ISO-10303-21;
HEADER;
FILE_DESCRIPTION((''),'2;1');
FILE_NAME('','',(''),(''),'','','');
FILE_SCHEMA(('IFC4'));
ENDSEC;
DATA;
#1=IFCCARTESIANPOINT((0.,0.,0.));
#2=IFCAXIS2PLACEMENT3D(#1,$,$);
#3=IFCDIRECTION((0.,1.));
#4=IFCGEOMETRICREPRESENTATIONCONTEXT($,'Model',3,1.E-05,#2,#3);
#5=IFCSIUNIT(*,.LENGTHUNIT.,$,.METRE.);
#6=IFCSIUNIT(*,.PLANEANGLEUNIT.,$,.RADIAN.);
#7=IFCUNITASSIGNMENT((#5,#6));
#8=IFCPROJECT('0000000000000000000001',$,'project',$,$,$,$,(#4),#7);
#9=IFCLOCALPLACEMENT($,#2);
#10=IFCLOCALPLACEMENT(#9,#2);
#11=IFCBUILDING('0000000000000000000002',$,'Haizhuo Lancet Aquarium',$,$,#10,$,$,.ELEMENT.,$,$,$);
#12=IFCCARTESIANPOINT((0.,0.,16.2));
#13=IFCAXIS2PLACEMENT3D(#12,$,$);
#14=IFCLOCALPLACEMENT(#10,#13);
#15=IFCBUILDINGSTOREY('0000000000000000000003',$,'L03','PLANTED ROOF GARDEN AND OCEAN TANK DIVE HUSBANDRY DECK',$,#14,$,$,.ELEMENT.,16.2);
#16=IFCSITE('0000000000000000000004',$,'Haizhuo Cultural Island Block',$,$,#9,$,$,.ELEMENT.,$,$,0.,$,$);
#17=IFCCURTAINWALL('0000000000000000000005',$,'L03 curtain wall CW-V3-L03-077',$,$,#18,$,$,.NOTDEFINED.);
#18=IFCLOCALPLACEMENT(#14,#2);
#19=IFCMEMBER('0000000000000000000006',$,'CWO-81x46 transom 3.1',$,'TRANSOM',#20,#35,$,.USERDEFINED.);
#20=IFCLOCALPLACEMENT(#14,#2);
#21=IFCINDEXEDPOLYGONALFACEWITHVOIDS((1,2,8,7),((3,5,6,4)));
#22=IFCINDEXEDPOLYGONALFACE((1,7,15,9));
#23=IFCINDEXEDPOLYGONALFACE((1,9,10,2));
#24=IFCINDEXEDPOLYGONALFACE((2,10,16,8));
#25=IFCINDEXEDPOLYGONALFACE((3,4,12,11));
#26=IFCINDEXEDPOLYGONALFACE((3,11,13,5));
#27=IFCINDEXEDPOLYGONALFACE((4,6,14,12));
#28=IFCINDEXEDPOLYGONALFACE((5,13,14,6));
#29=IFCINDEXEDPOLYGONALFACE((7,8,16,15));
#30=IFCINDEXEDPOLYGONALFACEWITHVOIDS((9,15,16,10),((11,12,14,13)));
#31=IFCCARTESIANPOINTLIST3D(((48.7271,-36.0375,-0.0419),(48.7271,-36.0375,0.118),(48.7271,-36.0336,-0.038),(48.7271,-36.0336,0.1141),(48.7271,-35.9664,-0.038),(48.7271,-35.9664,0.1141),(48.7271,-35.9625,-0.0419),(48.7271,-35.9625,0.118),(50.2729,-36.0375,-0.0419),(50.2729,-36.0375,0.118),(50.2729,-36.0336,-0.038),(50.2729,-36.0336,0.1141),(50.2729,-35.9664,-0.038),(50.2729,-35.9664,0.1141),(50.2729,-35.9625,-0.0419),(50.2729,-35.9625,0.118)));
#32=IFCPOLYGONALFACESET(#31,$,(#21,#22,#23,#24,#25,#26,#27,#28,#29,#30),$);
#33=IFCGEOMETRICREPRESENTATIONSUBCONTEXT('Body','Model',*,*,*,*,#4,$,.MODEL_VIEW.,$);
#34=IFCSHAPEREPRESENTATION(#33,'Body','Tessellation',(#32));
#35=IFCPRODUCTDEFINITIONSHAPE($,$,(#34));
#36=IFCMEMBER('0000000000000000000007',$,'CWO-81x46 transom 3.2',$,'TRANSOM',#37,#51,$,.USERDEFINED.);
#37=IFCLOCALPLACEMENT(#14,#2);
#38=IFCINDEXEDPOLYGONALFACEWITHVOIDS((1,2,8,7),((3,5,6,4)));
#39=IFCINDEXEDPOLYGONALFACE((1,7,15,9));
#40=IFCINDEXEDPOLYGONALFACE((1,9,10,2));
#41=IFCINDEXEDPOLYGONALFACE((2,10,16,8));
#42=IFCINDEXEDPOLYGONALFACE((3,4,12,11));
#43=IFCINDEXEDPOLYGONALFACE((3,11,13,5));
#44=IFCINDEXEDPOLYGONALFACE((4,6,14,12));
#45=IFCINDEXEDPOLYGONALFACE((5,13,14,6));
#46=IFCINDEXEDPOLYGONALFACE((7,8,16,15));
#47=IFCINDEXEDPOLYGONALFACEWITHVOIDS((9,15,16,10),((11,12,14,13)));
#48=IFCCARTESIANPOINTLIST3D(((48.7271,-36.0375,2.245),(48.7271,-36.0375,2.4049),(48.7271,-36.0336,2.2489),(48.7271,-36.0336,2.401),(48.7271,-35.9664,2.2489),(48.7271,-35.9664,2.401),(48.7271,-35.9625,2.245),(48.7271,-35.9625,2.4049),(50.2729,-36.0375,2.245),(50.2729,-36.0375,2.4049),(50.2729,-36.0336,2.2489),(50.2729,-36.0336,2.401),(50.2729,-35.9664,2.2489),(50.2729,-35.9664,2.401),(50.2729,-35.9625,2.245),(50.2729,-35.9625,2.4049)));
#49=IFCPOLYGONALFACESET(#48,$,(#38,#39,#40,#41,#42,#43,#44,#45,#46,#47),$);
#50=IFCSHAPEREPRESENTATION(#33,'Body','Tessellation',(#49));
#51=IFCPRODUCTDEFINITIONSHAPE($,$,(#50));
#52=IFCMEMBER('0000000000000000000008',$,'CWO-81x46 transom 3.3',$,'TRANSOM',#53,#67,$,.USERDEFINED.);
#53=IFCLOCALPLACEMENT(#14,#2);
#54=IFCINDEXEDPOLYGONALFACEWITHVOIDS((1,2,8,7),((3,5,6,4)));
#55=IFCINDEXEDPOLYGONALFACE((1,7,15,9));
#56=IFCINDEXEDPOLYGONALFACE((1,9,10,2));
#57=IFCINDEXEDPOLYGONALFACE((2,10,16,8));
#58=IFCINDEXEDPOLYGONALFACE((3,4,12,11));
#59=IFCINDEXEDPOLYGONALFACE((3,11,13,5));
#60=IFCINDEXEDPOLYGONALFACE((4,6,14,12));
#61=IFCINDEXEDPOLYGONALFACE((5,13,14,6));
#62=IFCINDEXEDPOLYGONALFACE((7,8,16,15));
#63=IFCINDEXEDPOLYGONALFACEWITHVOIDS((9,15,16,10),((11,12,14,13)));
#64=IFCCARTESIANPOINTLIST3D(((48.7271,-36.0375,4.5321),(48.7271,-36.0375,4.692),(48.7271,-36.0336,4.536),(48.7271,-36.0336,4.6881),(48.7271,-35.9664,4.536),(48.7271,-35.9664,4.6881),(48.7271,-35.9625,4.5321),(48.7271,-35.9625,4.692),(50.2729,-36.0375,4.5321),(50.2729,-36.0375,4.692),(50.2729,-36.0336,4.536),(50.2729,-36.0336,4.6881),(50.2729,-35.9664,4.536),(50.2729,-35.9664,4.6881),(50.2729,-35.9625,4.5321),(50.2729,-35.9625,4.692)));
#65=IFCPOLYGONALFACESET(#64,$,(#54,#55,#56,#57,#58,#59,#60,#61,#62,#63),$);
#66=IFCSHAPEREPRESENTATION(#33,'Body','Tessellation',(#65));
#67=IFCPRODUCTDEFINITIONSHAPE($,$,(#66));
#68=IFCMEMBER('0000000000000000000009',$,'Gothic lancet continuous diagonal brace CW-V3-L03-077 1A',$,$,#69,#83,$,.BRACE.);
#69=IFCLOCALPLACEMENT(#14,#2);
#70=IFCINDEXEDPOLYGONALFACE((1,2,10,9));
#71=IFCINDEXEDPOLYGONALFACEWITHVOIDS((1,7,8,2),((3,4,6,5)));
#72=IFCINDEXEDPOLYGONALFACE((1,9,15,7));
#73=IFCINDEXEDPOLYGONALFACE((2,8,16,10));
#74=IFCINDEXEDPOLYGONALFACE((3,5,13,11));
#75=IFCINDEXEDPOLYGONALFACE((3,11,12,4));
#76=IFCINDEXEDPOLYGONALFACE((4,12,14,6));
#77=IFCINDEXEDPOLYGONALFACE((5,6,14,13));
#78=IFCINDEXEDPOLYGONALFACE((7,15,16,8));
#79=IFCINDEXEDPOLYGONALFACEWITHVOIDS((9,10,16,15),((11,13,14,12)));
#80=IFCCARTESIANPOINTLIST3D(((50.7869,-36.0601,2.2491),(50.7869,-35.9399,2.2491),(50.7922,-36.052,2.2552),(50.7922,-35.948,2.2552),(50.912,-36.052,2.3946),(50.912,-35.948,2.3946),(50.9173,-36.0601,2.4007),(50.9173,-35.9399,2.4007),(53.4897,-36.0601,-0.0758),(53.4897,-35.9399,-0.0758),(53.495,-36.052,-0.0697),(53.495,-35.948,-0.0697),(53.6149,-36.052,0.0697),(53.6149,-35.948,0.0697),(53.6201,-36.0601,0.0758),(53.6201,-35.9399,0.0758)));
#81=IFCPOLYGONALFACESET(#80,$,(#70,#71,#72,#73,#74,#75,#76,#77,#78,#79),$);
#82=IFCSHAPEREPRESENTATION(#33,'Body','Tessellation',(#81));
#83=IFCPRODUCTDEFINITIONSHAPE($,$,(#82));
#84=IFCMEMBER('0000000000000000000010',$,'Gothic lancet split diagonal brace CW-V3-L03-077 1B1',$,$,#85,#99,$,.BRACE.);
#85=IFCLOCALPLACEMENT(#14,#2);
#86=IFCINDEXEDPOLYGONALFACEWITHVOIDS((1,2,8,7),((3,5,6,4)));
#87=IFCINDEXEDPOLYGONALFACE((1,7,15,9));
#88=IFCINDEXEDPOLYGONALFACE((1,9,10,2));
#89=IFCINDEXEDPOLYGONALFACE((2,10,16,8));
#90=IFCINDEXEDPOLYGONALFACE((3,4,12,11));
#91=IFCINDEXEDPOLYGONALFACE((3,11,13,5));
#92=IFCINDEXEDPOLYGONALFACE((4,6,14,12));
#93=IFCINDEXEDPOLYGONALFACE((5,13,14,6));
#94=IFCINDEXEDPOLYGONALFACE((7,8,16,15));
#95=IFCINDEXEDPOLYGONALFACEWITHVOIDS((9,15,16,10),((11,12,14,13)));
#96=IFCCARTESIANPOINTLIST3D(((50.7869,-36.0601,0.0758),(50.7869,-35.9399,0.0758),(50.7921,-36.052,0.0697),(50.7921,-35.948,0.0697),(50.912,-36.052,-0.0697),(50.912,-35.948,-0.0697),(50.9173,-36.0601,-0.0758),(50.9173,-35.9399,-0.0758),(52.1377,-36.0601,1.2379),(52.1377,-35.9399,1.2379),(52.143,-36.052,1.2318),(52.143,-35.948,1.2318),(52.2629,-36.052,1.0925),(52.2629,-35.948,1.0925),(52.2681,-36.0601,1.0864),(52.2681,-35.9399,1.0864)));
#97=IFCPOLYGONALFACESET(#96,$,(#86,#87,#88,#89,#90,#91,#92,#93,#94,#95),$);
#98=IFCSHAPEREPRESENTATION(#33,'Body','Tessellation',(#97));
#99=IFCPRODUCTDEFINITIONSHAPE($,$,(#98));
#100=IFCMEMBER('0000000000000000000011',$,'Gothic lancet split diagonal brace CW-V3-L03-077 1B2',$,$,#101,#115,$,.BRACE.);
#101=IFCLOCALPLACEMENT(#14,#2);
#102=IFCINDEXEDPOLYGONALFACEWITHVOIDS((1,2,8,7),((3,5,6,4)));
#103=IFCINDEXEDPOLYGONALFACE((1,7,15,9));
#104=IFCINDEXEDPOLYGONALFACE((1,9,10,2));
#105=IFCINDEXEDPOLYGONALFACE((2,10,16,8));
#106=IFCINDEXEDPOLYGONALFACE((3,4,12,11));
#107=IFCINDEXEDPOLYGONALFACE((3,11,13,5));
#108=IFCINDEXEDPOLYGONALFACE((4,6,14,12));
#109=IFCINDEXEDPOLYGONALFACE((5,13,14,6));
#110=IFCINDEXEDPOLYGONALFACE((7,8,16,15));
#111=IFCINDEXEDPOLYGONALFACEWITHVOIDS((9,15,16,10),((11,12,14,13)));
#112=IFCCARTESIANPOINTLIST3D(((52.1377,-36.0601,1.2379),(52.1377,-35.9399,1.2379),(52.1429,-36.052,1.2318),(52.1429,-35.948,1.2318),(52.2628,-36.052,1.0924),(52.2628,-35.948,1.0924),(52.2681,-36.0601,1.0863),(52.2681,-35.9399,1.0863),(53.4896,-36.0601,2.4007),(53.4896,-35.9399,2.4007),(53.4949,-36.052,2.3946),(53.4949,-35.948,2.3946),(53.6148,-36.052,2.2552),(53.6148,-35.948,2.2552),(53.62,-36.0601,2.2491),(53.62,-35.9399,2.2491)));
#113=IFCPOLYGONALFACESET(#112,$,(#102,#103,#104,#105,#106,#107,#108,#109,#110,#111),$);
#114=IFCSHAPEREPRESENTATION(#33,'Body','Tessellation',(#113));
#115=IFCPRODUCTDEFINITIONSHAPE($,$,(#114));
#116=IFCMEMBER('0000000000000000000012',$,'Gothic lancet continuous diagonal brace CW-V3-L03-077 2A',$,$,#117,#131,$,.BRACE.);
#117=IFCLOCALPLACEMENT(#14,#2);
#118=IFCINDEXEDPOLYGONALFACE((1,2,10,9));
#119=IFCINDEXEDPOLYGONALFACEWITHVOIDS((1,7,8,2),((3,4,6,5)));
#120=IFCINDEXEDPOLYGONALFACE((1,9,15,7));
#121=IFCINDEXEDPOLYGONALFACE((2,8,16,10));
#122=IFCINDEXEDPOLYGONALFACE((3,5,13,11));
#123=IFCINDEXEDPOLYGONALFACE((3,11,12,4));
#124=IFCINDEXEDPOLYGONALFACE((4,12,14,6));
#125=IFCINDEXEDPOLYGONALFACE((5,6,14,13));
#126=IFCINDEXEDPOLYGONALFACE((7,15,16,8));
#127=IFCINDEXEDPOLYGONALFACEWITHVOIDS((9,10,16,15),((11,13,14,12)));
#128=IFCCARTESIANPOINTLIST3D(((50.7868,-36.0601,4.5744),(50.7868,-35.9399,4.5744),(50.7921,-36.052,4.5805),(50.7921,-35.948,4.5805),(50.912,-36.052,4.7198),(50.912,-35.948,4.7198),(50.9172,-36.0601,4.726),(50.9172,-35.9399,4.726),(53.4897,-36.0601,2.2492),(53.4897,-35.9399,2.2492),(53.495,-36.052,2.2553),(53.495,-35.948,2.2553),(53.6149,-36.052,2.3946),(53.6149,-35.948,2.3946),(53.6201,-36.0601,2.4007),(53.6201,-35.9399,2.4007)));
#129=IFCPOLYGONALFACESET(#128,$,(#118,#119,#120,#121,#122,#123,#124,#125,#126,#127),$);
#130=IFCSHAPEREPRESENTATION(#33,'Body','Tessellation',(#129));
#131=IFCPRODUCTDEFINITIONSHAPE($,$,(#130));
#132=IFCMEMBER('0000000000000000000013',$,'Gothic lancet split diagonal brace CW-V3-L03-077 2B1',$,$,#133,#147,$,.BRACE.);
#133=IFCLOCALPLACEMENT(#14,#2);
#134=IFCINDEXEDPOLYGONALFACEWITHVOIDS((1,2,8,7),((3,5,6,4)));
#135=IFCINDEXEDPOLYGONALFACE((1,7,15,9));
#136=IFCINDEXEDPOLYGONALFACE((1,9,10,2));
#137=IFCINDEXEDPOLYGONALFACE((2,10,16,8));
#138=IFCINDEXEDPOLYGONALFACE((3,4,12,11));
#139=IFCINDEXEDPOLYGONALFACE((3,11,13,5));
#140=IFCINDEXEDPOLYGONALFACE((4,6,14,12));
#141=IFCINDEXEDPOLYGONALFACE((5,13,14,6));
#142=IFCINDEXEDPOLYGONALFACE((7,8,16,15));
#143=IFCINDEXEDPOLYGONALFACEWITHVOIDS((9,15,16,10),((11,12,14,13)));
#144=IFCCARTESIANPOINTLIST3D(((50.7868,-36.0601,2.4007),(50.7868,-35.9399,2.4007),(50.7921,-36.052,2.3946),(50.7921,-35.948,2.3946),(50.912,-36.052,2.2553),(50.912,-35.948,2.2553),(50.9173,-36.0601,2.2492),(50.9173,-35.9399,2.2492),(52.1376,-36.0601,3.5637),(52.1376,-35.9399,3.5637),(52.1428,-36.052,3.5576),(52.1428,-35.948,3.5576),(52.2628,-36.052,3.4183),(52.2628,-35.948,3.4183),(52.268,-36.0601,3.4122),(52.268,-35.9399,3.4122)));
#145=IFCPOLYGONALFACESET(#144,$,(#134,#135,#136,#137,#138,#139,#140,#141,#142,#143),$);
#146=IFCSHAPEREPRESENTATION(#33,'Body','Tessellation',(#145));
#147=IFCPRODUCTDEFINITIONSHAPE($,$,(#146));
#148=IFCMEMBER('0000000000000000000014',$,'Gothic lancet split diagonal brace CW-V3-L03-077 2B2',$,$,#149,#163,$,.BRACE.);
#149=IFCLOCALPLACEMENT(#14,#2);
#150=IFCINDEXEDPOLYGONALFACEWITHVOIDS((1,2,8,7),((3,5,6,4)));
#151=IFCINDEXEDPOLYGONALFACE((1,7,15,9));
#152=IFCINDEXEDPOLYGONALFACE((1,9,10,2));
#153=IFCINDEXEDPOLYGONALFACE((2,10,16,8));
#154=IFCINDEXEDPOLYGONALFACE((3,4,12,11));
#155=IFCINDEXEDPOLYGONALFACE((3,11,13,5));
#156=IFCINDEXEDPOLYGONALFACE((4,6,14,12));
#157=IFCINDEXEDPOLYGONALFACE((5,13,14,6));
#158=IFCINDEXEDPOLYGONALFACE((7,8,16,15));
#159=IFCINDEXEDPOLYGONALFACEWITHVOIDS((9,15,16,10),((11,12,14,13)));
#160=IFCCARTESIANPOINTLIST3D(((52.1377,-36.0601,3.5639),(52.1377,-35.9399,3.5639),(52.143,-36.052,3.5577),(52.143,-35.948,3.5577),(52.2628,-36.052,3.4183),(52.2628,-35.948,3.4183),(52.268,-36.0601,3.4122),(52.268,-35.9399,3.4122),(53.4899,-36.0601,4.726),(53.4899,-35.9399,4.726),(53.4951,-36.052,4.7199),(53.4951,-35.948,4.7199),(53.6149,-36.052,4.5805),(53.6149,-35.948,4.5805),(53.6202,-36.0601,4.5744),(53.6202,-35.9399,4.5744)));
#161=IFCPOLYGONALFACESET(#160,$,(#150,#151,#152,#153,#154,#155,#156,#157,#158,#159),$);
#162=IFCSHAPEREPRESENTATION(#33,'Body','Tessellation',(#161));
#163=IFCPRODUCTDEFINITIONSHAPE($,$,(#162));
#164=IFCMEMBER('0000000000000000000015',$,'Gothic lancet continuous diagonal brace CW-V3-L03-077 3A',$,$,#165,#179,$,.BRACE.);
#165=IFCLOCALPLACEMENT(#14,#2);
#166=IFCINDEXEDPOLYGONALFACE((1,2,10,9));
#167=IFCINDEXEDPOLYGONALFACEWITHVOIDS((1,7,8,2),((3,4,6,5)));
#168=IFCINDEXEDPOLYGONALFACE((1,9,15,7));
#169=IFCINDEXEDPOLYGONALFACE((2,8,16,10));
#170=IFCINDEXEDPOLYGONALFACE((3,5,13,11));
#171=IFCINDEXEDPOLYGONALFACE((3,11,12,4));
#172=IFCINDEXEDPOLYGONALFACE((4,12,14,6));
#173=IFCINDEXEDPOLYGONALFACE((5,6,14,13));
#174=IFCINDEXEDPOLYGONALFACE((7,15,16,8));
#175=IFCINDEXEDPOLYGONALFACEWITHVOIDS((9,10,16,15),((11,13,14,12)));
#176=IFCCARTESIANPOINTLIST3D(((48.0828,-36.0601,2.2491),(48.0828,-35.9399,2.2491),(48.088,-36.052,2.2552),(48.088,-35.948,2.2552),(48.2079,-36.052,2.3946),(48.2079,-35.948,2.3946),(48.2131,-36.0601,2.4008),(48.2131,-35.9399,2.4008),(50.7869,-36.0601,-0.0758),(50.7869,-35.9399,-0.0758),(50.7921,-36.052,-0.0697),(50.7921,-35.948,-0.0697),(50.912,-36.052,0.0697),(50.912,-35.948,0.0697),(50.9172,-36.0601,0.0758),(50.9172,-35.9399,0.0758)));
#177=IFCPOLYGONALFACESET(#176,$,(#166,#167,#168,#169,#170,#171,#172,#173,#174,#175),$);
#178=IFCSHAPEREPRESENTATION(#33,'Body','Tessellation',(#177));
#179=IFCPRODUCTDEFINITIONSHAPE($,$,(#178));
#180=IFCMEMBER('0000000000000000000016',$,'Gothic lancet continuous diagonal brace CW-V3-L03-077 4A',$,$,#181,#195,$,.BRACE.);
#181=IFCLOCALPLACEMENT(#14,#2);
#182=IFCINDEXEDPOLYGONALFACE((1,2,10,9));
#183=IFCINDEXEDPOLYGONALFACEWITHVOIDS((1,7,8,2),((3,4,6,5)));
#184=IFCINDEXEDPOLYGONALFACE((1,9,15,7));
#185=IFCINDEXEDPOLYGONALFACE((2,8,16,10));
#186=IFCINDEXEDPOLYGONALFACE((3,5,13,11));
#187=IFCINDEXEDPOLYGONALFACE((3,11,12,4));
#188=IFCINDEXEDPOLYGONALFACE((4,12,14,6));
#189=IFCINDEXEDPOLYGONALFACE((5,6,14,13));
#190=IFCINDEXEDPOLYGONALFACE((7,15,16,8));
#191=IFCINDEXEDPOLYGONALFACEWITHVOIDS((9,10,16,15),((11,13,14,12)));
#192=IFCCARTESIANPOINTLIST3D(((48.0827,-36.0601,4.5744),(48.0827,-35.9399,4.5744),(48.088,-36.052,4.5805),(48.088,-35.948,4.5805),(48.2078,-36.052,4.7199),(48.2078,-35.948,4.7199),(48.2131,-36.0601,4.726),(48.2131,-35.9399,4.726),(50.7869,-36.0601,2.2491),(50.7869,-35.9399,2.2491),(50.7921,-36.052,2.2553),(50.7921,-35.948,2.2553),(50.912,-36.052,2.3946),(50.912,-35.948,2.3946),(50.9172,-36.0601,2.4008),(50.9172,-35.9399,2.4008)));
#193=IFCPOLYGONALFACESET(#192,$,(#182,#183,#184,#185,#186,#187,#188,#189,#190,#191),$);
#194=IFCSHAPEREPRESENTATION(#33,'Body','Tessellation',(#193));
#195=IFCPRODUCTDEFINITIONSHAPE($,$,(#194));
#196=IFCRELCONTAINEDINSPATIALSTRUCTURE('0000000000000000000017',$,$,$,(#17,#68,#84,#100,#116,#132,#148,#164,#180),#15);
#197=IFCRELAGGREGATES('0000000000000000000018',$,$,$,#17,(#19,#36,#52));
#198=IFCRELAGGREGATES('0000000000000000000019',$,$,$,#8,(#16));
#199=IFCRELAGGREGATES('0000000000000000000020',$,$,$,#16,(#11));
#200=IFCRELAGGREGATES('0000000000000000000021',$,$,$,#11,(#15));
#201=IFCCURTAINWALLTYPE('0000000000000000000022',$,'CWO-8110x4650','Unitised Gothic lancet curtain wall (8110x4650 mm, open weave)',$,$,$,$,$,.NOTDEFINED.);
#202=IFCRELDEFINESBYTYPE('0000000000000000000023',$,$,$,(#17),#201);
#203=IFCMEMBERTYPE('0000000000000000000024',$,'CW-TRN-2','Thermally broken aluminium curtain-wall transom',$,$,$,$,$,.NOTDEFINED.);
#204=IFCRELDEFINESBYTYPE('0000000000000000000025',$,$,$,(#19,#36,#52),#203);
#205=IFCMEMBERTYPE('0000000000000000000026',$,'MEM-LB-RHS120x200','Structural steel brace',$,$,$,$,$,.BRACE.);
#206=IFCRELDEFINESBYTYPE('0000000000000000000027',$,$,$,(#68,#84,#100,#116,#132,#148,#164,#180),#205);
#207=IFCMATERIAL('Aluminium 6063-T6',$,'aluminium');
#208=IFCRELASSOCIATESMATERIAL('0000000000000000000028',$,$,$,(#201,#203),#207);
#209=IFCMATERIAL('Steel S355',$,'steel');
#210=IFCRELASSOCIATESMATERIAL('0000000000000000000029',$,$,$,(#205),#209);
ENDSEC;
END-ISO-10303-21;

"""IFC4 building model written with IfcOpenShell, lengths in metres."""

from ifc_helpers import new_model, si_unit, direction, frame, origin, origin_2d, place, context, subcontext, project, spatial, hollow_rectangle, extrude, material, material_profile, profile_set, type_object, element, aggregate, save


model = new_model("IFC4")

# Units and contexts
model_context = context("Model", 3, precision=1e-05, world=origin(), true_north=direction((0.0, 1.0)))
body_context = subcontext(model_context, "Body", "Model", "MODEL_VIEW")
ifc_project = project(units=[si_unit("LENGTHUNIT", "METRE"), si_unit("PLANEANGLEUNIT", "RADIAN")], contexts=[model_context])

# Site, building, storey
site_placement = place(None, origin())
site = spatial("IfcSite", under=ifc_project, at=site_placement, Name="Haizhuo Cultural Island Block", CompositionType="ELEMENT", RefElevation=0.0)
building_placement = place(site_placement, origin())
building = spatial("IfcBuilding", under=site, at=building_placement, Name="Haizhuo Lancet Aquarium", CompositionType="ELEMENT")
storey_placement = place(building_placement, frame((0.0, 0.0, 16.2)))
storey = spatial("IfcBuildingStorey", under=building, at=storey_placement, Name="L03", Description="PLANTED ROOF GARDEN AND OCEAN TANK DIVE HUSBANDRY DECK", CompositionType="ELEMENT", Elevation=16.2)

# Curtain wall, members
ifc_material_1 = material(Name="Aluminium 6063-T6", Category="aluminium")
curtain_wall_type = type_object("IfcCurtainWallType", Name="CWO-8110x4650", Description="Unitised Gothic lancet curtain wall (8110x4650 mm, open weave)", PredefinedType="NOTDEFINED", material=ifc_material_1)
curtain_wall_placement = place(storey_placement, origin())
curtain_wall = element("IfcCurtainWall", 1, at=curtain_wall_placement, inside=storey, type_object=curtain_wall_type, Name="L03 curtain wall CW-V3-L03-077", PredefinedType="NOTDEFINED")
ifc_material_profile_1 = material_profile(ifc_material_1, hollow_rectangle(XDim=0.075, YDim=0.1599, WallThickness=0.0039, at=origin_2d()), Name="ALU-T 75x160x4")
ifc_profile_set_1 = profile_set([ifc_material_profile_1], Name="Aluminium 6063-T6")
member_type_1 = type_object("IfcMemberType", Name="CW-TRN-2", Description="Thermally broken aluminium curtain-wall transom", PredefinedType="NOTDEFINED", material=ifc_profile_set_1)
member_1_placement = place(storey_placement, frame((50.2729, -36.0, 0.0381), z_axis=(-1.0, 0.0, 0.0), x_axis=(0.0, -1.0, 0.0)))
member_1 = element("IfcMember", 2, at=member_1_placement, type_object=member_type_1, Name="CWO-81x46 transom 3.1", ObjectType="TRANSOM", PredefinedType="USERDEFINED", context=body_context, shape_type="SweptSolid", body=[
    extrude(hollow_rectangle(XDim=0.075, YDim=0.1599, WallThickness=0.0039, at=origin_2d()), origin(), (0.0, 0.0, 1.0), 1.5459),
])
member_2_placement = place(storey_placement, frame((50.2729, -36.0, 2.325), z_axis=(-1.0, 0.0, 0.0), x_axis=(0.0, -1.0, 0.0)))
member_2 = element("IfcMember", 3, at=member_2_placement, type_object=member_type_1, Name="CWO-81x46 transom 3.2", ObjectType="TRANSOM", PredefinedType="USERDEFINED", context=body_context, shape_type="SweptSolid", body=[
    extrude(hollow_rectangle(XDim=0.075, YDim=0.1599, WallThickness=0.0039, at=origin_2d()), origin(), (0.0, 0.0, 1.0), 1.5459),
])
member_3_placement = place(storey_placement, frame((50.2729, -36.0, 4.6121), z_axis=(-1.0, 0.0, 0.0), x_axis=(0.0, -1.0, 0.0)))
member_3 = element("IfcMember", 4, at=member_3_placement, type_object=member_type_1, Name="CWO-81x46 transom 3.3", ObjectType="TRANSOM", PredefinedType="USERDEFINED", context=body_context, shape_type="SweptSolid", body=[
    extrude(hollow_rectangle(XDim=0.075, YDim=0.1599, WallThickness=0.0039, at=origin_2d()), origin(), (0.0, 0.0, 1.0), 1.5459),
])

# Members
ifc_material_2 = material(Name="Steel S355", Category="steel")
ifc_material_profile_2 = material_profile(ifc_material_2, hollow_rectangle(XDim=0.1201, YDim=0.2, WallThickness=0.0081, at=origin_2d()), Name="RHS 120x200x8")
ifc_profile_set_2 = profile_set([ifc_material_profile_2], Name="Steel S355")
member_type_2 = type_object("IfcMemberType", Name="MEM-LB-RHS120x200", Description="Structural steel brace", PredefinedType="BRACE", material=ifc_profile_set_2)
member_4_placement = place(storey_placement, frame((53.5549, -36.0, 0.0), z_axis=(-0.75812, 0.0, 0.652116), x_axis=(0.0, -1.0, 0.0)))
element("IfcMember", 5, at=member_4_placement, inside=storey, type_object=member_type_2, Name="Gothic lancet continuous diagonal brace CW-V3-L03-077 1A", PredefinedType="BRACE", context=body_context, shape_type="SweptSolid", body=[
    extrude(hollow_rectangle(XDim=0.1201, YDim=0.2, WallThickness=0.0081, at=origin_2d()), origin(), (0.0, 0.0, 1.0), 3.5652),
])
member_5_placement = place(storey_placement, frame((50.8521, -36.0, 0.0), z_axis=(0.758075, 0.0, 0.652167), x_axis=(0.0, 1.0, 0.0)))
element("IfcMember", 6, at=member_5_placement, inside=storey, type_object=member_type_2, Name="Gothic lancet split diagonal brace CW-V3-L03-077 1B1", PredefinedType="BRACE", context=body_context, shape_type="SweptSolid", body=[
    extrude(hollow_rectangle(XDim=0.1201, YDim=0.2, WallThickness=0.0081, at=origin_2d()), origin(), (0.0, 0.0, 1.0), 1.782),
])
member_6_placement = place(storey_placement, frame((52.2029, -36.0, 1.1621), z_axis=(0.758164, 0.0, 0.652064), x_axis=(0.0, 1.0, 0.0)))
element("IfcMember", 7, at=member_6_placement, inside=storey, type_object=member_type_2, Name="Gothic lancet split diagonal brace CW-V3-L03-077 1B2", PredefinedType="BRACE", context=body_context, shape_type="SweptSolid", body=[
    extrude(hollow_rectangle(XDim=0.1201, YDim=0.2, WallThickness=0.0081, at=origin_2d()), origin(), (0.0, 0.0, 1.0), 1.7832),
])
member_7_placement = place(storey_placement, frame((53.5549, -36.0, 2.325), z_axis=(-0.758086, 0.0, 0.652155), x_axis=(0.0, -1.0, 0.0)))
element("IfcMember", 8, at=member_7_placement, inside=storey, type_object=member_type_2, Name="Gothic lancet continuous diagonal brace CW-V3-L03-077 2A", PredefinedType="BRACE", context=body_context, shape_type="SweptSolid", body=[
    extrude(hollow_rectangle(XDim=0.1201, YDim=0.2, WallThickness=0.0081, at=origin_2d()), origin(), (0.0, 0.0, 1.0), 3.5654),
])
member_8_placement = place(storey_placement, frame((50.8521, -36.0, 2.325), z_axis=(0.757805, 0.0, 0.652482), x_axis=(0.0, 1.0, 0.0)))
element("IfcMember", 9, at=member_8_placement, inside=storey, type_object=member_type_2, Name="Gothic lancet split diagonal brace CW-V3-L03-077 2B1", PredefinedType="BRACE", context=body_context, shape_type="SweptSolid", body=[
    extrude(hollow_rectangle(XDim=0.1201, YDim=0.2, WallThickness=0.0081, at=origin_2d()), origin(), (0.0, 0.0, 1.0), 1.7825),
])
member_9_placement = place(storey_placement, frame((52.2029, -36.0, 3.488), z_axis=(0.758367, 0.0, 0.651828), x_axis=(0.0, 1.0, 0.0)))
element("IfcMember", 10, at=member_9_placement, inside=storey, type_object=member_type_2, Name="Gothic lancet split diagonal brace CW-V3-L03-077 2B2", PredefinedType="BRACE", context=body_context, shape_type="SweptSolid", body=[
    extrude(hollow_rectangle(XDim=0.1201, YDim=0.2, WallThickness=0.0081, at=origin_2d()), origin(), (0.0, 0.0, 1.0), 1.783),
])
member_10_placement = place(storey_placement, frame((50.8521, -36.0, 0.0), z_axis=(-0.758265, 0.0, 0.651946), x_axis=(0.0, -1.0, 0.0)))
element("IfcMember", 11, at=member_10_placement, inside=storey, type_object=member_type_2, Name="Gothic lancet continuous diagonal brace CW-V3-L03-077 3A", PredefinedType="BRACE", context=body_context, shape_type="SweptSolid", body=[
    extrude(hollow_rectangle(XDim=0.1201, YDim=0.2, WallThickness=0.0081, at=origin_2d()), origin(), (0.0, 0.0, 1.0), 3.5662),
])
member_11_placement = place(storey_placement, frame((50.8521, -36.0, 2.325), z_axis=(-0.758231, 0.0, 0.651986), x_axis=(0.0, -1.0, 0.0)))
element("IfcMember", 12, at=member_11_placement, inside=storey, type_object=member_type_2, Name="Gothic lancet continuous diagonal brace CW-V3-L03-077 4A", PredefinedType="BRACE", context=body_context, shape_type="SweptSolid", body=[
    extrude(hollow_rectangle(XDim=0.1201, YDim=0.2, WallThickness=0.0081, at=origin_2d()), origin(), (0.0, 0.0, 1.0), 3.5664),
])

aggregate(curtain_wall, [member_1, member_2, member_3])

save(model, "model.ifc")
